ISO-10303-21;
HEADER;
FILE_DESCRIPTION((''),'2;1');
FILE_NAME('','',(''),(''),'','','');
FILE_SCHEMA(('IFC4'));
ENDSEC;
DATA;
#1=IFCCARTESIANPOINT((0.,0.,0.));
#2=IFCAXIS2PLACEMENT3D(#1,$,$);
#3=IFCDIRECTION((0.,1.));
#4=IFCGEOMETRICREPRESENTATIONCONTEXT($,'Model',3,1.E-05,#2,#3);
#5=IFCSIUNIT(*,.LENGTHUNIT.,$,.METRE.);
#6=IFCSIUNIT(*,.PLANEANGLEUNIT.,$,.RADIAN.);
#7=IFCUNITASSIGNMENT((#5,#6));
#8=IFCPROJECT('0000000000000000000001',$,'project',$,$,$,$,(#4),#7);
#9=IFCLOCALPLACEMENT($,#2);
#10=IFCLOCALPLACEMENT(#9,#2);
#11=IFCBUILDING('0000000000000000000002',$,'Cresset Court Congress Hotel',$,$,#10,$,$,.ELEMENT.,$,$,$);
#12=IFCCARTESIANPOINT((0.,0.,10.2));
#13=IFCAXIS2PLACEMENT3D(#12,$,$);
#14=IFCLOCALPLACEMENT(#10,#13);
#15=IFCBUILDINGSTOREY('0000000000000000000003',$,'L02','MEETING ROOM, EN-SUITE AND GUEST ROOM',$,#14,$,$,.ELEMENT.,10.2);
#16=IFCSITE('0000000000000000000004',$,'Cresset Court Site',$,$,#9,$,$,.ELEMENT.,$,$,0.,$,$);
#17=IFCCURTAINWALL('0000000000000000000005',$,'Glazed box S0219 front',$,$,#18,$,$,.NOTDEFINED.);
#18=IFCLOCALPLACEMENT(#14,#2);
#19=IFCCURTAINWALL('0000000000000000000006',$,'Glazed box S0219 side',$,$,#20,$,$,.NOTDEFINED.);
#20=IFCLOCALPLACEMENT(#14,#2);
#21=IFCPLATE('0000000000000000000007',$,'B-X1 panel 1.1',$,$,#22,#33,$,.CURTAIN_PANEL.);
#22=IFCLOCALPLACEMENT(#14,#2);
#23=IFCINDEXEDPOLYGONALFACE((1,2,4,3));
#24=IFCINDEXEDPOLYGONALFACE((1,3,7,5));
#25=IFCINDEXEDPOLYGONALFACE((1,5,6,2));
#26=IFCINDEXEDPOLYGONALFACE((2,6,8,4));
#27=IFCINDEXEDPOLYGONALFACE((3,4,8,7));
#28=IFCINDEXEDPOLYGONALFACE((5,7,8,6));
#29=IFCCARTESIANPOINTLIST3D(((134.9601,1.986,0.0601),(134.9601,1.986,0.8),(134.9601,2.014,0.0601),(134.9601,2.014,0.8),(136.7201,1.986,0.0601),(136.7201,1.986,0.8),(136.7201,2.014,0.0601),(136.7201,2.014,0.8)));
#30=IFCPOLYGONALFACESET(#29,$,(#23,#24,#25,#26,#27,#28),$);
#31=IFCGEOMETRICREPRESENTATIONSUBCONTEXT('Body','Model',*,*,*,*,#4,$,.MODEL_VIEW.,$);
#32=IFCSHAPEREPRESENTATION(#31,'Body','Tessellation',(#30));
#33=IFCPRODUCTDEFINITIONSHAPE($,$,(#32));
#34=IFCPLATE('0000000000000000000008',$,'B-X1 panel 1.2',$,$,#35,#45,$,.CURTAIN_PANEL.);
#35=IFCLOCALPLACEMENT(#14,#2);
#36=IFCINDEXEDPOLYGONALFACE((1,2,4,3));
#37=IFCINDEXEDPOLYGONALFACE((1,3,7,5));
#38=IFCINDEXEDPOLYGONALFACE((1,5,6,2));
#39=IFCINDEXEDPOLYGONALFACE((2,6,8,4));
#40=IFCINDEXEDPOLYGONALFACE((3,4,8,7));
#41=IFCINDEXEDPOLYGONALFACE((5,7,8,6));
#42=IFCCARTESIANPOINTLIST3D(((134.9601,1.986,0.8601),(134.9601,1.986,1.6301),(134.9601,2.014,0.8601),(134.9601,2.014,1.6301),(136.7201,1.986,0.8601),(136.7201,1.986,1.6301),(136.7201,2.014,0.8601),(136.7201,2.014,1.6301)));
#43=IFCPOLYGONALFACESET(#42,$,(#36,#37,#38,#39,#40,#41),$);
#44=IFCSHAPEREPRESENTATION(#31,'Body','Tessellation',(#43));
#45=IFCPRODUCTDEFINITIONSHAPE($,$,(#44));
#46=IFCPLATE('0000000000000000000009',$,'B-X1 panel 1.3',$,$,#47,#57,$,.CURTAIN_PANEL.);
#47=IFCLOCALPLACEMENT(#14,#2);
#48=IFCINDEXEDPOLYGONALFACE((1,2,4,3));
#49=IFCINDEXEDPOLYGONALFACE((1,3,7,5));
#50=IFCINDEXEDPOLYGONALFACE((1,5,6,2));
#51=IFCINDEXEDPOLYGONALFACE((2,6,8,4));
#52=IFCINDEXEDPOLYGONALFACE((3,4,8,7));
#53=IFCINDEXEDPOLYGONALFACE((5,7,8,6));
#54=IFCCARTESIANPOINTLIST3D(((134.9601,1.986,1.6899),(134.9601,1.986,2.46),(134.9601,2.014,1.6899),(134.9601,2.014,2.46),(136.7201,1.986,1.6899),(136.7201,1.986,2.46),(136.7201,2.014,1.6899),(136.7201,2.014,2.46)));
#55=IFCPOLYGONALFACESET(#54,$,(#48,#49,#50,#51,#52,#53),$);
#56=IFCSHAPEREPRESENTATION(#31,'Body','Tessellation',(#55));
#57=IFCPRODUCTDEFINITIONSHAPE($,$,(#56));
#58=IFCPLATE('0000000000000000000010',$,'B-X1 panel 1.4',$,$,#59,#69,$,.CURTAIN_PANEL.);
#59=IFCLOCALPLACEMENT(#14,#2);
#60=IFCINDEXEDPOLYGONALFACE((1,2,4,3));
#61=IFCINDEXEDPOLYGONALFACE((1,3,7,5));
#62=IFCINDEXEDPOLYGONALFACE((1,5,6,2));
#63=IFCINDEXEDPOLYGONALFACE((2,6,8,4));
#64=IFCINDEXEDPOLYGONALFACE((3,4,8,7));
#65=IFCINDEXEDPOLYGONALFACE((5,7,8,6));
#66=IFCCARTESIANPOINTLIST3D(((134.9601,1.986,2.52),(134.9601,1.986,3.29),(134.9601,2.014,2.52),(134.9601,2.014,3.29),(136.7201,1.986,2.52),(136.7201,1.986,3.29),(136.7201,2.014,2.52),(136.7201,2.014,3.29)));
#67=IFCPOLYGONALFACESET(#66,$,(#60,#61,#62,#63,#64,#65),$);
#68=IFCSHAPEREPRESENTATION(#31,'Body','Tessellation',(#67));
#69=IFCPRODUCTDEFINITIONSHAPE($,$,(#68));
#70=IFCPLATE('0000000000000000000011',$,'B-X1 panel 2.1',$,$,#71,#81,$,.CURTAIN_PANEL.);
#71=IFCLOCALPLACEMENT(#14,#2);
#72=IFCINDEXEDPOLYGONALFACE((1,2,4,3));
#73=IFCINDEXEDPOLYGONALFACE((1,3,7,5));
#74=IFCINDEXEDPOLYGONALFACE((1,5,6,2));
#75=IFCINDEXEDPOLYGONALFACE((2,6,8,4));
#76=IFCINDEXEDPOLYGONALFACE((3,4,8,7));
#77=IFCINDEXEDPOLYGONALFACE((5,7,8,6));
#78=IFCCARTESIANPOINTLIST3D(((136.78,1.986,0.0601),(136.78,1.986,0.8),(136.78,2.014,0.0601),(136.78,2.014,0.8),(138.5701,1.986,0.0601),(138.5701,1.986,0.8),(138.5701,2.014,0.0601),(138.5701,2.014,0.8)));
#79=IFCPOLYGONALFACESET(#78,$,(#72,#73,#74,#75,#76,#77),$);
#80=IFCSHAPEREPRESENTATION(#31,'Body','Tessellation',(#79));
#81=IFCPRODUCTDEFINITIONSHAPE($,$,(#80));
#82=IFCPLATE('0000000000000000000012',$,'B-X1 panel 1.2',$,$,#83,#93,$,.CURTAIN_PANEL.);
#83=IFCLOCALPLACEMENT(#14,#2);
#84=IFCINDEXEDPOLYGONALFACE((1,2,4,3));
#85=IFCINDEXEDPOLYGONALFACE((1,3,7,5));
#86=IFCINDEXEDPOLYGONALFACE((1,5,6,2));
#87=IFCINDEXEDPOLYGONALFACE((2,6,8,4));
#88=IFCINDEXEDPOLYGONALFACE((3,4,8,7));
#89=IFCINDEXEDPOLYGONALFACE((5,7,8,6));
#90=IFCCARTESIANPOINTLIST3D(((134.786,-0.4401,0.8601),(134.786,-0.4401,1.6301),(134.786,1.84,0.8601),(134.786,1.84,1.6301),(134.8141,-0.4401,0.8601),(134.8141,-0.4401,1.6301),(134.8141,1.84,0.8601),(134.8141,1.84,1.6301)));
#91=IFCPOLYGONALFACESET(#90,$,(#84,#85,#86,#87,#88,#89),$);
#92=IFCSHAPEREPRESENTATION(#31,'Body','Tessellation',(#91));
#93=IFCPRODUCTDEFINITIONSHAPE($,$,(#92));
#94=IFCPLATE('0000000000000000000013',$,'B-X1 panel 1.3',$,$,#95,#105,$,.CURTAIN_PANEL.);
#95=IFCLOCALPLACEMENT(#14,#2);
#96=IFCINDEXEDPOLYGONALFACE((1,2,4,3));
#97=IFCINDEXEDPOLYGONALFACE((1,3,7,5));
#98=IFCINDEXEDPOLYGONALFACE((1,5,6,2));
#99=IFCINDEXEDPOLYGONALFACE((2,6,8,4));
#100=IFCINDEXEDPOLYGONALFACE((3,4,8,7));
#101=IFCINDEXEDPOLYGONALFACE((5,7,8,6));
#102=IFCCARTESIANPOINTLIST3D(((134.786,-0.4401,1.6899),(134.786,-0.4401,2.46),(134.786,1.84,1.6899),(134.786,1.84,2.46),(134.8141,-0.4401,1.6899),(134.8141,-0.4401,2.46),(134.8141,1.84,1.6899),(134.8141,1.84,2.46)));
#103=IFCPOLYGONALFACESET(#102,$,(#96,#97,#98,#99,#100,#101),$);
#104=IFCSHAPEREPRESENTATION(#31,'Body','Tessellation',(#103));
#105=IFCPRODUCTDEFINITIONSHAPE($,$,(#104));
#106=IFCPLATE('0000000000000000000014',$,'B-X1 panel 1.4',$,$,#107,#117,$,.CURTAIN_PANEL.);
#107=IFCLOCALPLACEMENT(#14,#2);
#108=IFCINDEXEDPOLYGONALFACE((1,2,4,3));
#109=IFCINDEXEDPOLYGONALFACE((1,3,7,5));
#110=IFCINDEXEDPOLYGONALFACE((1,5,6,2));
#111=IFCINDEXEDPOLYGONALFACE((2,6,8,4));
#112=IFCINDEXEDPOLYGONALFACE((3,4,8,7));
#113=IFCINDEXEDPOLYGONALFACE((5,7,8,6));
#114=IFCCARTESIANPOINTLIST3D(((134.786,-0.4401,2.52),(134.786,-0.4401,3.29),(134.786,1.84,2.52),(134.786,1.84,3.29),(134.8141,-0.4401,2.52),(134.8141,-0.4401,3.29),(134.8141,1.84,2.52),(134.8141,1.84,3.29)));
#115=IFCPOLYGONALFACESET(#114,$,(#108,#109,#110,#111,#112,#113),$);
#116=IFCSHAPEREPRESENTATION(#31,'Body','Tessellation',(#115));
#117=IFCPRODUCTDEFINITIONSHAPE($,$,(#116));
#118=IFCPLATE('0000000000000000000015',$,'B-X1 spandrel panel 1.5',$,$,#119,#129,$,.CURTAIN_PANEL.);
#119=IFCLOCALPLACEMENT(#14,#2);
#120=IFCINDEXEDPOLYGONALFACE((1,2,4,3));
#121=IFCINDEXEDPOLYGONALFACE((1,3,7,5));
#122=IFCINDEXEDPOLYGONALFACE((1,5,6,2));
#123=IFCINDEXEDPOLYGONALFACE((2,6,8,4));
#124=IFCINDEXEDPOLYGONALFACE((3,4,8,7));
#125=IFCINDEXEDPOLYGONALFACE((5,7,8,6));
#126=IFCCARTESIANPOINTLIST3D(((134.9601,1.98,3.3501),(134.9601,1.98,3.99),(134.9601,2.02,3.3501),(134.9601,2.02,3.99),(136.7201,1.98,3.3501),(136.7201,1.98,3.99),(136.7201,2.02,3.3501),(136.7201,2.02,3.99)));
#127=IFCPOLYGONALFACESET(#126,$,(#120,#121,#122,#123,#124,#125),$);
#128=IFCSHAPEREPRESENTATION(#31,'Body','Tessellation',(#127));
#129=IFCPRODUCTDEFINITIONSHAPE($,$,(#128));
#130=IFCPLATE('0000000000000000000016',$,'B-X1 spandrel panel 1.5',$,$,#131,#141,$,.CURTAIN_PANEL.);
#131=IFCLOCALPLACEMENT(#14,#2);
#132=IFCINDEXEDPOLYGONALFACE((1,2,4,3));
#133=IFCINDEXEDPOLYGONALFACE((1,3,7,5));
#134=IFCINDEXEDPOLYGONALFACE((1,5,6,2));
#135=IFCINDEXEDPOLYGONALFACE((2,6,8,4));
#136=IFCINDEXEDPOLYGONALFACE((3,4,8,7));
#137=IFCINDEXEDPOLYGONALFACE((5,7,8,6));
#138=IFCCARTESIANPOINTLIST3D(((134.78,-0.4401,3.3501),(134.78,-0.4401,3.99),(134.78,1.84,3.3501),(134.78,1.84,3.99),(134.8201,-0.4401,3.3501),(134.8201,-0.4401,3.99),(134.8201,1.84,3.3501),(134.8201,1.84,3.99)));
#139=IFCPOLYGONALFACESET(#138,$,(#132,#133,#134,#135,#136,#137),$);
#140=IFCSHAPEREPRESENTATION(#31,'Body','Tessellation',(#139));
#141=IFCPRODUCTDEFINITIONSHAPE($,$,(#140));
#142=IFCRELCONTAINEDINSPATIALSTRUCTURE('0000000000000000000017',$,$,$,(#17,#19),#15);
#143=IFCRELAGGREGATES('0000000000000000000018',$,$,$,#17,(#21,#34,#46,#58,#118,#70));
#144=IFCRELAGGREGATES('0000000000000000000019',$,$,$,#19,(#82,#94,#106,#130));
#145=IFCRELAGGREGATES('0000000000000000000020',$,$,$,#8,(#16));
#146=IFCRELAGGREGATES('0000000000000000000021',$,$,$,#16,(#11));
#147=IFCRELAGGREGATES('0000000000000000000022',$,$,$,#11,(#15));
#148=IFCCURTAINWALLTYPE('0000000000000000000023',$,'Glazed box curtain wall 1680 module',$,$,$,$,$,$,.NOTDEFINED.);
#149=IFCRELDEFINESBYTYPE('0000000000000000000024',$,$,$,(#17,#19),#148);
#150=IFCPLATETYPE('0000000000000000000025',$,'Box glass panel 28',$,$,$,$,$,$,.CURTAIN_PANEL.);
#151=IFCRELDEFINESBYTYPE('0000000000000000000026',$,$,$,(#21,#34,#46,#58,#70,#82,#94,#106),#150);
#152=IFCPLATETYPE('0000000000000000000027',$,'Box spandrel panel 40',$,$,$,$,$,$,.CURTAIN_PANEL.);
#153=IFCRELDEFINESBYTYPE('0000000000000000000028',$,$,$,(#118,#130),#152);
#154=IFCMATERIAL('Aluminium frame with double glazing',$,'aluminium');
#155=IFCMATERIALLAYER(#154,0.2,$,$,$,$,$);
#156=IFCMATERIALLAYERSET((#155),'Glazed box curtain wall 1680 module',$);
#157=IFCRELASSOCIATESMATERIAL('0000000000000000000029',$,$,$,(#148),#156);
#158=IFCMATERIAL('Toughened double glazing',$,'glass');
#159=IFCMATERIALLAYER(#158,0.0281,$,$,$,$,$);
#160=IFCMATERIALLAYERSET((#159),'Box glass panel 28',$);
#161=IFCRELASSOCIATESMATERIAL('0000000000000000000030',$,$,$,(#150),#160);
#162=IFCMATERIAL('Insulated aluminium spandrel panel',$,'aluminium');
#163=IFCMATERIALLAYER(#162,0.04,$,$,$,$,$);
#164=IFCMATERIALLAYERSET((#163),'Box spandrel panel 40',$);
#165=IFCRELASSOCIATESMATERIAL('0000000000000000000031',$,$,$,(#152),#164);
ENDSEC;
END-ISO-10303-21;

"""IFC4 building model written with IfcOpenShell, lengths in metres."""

from ifc_helpers import new_model, si_unit, direction, frame, origin, origin_2d, place, context, subcontext, project, spatial, rectangle, extrude, material, layer, layer_set, type_object, element, aggregate, save


model = new_model("IFC4")

# Units and contexts
model_context = context("Model", 3, precision=1e-05, world=origin(), true_north=direction((0.0, 1.0)))
body_context = subcontext(model_context, "Body", "Model", "MODEL_VIEW")
ifc_project = project(units=[si_unit("LENGTHUNIT", "METRE"), si_unit("PLANEANGLEUNIT", "RADIAN")], contexts=[model_context])

# Site, building, storey
site_placement = place(None, origin())
site = spatial("IfcSite", under=ifc_project, at=site_placement, Name="Cresset Court Site", CompositionType="ELEMENT", RefElevation=0.0)
building_placement = place(site_placement, origin())
building = spatial("IfcBuilding", under=site, at=building_placement, Name="Cresset Court Congress Hotel", CompositionType="ELEMENT")
storey_placement = place(building_placement, frame((0.0, 0.0, 10.2)))
storey = spatial("IfcBuildingStorey", under=building, at=storey_placement, Name="L02", Description="MEETING ROOM, EN-SUITE AND GUEST ROOM", CompositionType="ELEMENT", Elevation=10.2)

# Curtain wall
ifc_material_1 = material(Name="Aluminium frame with double glazing", Category="aluminium")
ifc_layer_1 = layer(ifc_material_1, 0.2)
ifc_layer_set_1 = layer_set([ifc_layer_1], Name="Glazed box curtain wall 1680 module")
curtain_wall_type = type_object("IfcCurtainWallType", Name="Glazed box curtain wall 1680 module", PredefinedType="NOTDEFINED", material=ifc_layer_set_1)
curtain_wall_1_placement = place(storey_placement, origin())
curtain_wall_1 = element("IfcCurtainWall", 1, at=curtain_wall_1_placement, inside=storey, type_object=curtain_wall_type, Name="Glazed box S0219 front", PredefinedType="NOTDEFINED")

# Curtain wall
curtain_wall_2_placement = place(storey_placement, origin())
curtain_wall_2 = element("IfcCurtainWall", 2, at=curtain_wall_2_placement, inside=storey, type_object=curtain_wall_type, Name="Glazed box S0219 side", PredefinedType="NOTDEFINED")

# Plates
ifc_material_2 = material(Name="Toughened double glazing", Category="glass")
ifc_layer_2 = layer(ifc_material_2, 0.0281)
ifc_layer_set_2 = layer_set([ifc_layer_2], Name="Box glass panel 28")
plate_type_1 = type_object("IfcPlateType", Name="Box glass panel 28", PredefinedType="CURTAIN_PANEL", material=ifc_layer_set_2)
plate_1_placement = place(storey_placement, frame((135.8401, 2.0, 0.0601), z_axis=(0.0, 0.0, 1.0), x_axis=(1.0, 0.0, 0.0)))
plate_1 = element("IfcPlate", 3, at=plate_1_placement, type_object=plate_type_1, Name="B-X1 panel 1.1", PredefinedType="CURTAIN_PANEL", context=body_context, shape_type="SweptSolid", body=[
    extrude(rectangle(XDim=1.76, YDim=0.0281, at=origin_2d()), origin(), (0.0, 0.0, 1.0), 0.74),
])
plate_2_placement = place(storey_placement, frame((135.8401, 2.0, 0.8601), z_axis=(0.0, 0.0, 1.0), x_axis=(1.0, 0.0, 0.0)))
plate_2 = element("IfcPlate", 4, at=plate_2_placement, type_object=plate_type_1, Name="B-X1 panel 1.2", PredefinedType="CURTAIN_PANEL", context=body_context, shape_type="SweptSolid", body=[
    extrude(rectangle(XDim=1.76, YDim=0.0281, at=origin_2d()), origin(), (0.0, 0.0, 1.0), 0.77),
])
plate_3_placement = place(storey_placement, frame((135.8401, 2.0, 1.6899), z_axis=(0.0, 0.0, 1.0), x_axis=(1.0, 0.0, 0.0)))
plate_3 = element("IfcPlate", 5, at=plate_3_placement, type_object=plate_type_1, Name="B-X1 panel 1.3", PredefinedType="CURTAIN_PANEL", context=body_context, shape_type="SweptSolid", body=[
    extrude(rectangle(XDim=1.76, YDim=0.0281, at=origin_2d()), origin(), (0.0, 0.0, 1.0), 0.77),
])
plate_4_placement = place(storey_placement, frame((135.8401, 2.0, 2.52), z_axis=(0.0, 0.0, 1.0), x_axis=(1.0, 0.0, 0.0)))
plate_4 = element("IfcPlate", 6, at=plate_4_placement, type_object=plate_type_1, Name="B-X1 panel 1.4", PredefinedType="CURTAIN_PANEL", context=body_context, shape_type="SweptSolid", body=[
    extrude(rectangle(XDim=1.76, YDim=0.0281, at=origin_2d()), origin(), (0.0, 0.0, 1.0), 0.77),
])
plate_5_placement = place(storey_placement, frame((137.675, 2.0, 0.0601), z_axis=(0.0, 0.0, 1.0), x_axis=(1.0, 0.0, 0.0)))
plate_5 = element("IfcPlate", 7, at=plate_5_placement, type_object=plate_type_1, Name="B-X1 panel 2.1", PredefinedType="CURTAIN_PANEL", context=body_context, shape_type="SweptSolid", body=[
    extrude(rectangle(XDim=1.79, YDim=0.0281, at=origin_2d()), origin(), (0.0, 0.0, 1.0), 0.74),
])
plate_6_placement = place(storey_placement, frame((134.8, 0.7, 0.8601), z_axis=(0.0, 0.0, 1.0), x_axis=(0.0, 1.0, 0.0)))
plate_6 = element("IfcPlate", 8, at=plate_6_placement, type_object=plate_type_1, Name="B-X1 panel 1.2", PredefinedType="CURTAIN_PANEL", context=body_context, shape_type="SweptSolid", body=[
    extrude(rectangle(XDim=2.28, YDim=0.0281, at=origin_2d()), origin(), (0.0, 0.0, 1.0), 0.77),
])
plate_7_placement = place(storey_placement, frame((134.8, 0.7, 1.6899), z_axis=(0.0, 0.0, 1.0), x_axis=(0.0, 1.0, 0.0)))
plate_7 = element("IfcPlate", 9, at=plate_7_placement, type_object=plate_type_1, Name="B-X1 panel 1.3", PredefinedType="CURTAIN_PANEL", context=body_context, shape_type="SweptSolid", body=[
    extrude(rectangle(XDim=2.28, YDim=0.0281, at=origin_2d()), origin(), (0.0, 0.0, 1.0), 0.77),
])
plate_8_placement = place(storey_placement, frame((134.8, 0.7, 2.52), z_axis=(0.0, 0.0, 1.0), x_axis=(0.0, 1.0, 0.0)))
plate_8 = element("IfcPlate", 10, at=plate_8_placement, type_object=plate_type_1, Name="B-X1 panel 1.4", PredefinedType="CURTAIN_PANEL", context=body_context, shape_type="SweptSolid", body=[
    extrude(rectangle(XDim=2.28, YDim=0.0281, at=origin_2d()), origin(), (0.0, 0.0, 1.0), 0.77),
])
ifc_material_3 = material(Name="Insulated aluminium spandrel panel", Category="aluminium")
ifc_layer_3 = layer(ifc_material_3, 0.04)
ifc_layer_set_3 = layer_set([ifc_layer_3], Name="Box spandrel panel 40")
plate_type_2 = type_object("IfcPlateType", Name="Box spandrel panel 40", PredefinedType="CURTAIN_PANEL", material=ifc_layer_set_3)
plate_9_placement = place(storey_placement, frame((135.8401, 2.0, 3.3501), z_axis=(0.0, 0.0, 1.0), x_axis=(1.0, 0.0, 0.0)))
plate_9 = element("IfcPlate", 11, at=plate_9_placement, type_object=plate_type_2, Name="B-X1 spandrel panel 1.5", PredefinedType="CURTAIN_PANEL", context=body_context, shape_type="SweptSolid", body=[
    extrude(rectangle(XDim=1.76, YDim=0.04, at=origin_2d()), origin(), (0.0, 0.0, 1.0), 0.6399),
])
aggregate(curtain_wall_1, [plate_1, plate_2, plate_3, plate_4, plate_9, plate_5])
plate_10_placement = place(storey_placement, frame((134.8, 0.7, 3.3501), z_axis=(0.0, 0.0, 1.0), x_axis=(0.0, 1.0, 0.0)))
plate_10 = element("IfcPlate", 12, at=plate_10_placement, type_object=plate_type_2, Name="B-X1 spandrel panel 1.5", PredefinedType="CURTAIN_PANEL", context=body_context, shape_type="SweptSolid", body=[
    extrude(rectangle(XDim=2.28, YDim=0.04, at=origin_2d()), origin(), (0.0, 0.0, 1.0), 0.6399),
])
aggregate(curtain_wall_2, [plate_6, plate_7, plate_8, plate_10])

save(model, "model.ifc")
